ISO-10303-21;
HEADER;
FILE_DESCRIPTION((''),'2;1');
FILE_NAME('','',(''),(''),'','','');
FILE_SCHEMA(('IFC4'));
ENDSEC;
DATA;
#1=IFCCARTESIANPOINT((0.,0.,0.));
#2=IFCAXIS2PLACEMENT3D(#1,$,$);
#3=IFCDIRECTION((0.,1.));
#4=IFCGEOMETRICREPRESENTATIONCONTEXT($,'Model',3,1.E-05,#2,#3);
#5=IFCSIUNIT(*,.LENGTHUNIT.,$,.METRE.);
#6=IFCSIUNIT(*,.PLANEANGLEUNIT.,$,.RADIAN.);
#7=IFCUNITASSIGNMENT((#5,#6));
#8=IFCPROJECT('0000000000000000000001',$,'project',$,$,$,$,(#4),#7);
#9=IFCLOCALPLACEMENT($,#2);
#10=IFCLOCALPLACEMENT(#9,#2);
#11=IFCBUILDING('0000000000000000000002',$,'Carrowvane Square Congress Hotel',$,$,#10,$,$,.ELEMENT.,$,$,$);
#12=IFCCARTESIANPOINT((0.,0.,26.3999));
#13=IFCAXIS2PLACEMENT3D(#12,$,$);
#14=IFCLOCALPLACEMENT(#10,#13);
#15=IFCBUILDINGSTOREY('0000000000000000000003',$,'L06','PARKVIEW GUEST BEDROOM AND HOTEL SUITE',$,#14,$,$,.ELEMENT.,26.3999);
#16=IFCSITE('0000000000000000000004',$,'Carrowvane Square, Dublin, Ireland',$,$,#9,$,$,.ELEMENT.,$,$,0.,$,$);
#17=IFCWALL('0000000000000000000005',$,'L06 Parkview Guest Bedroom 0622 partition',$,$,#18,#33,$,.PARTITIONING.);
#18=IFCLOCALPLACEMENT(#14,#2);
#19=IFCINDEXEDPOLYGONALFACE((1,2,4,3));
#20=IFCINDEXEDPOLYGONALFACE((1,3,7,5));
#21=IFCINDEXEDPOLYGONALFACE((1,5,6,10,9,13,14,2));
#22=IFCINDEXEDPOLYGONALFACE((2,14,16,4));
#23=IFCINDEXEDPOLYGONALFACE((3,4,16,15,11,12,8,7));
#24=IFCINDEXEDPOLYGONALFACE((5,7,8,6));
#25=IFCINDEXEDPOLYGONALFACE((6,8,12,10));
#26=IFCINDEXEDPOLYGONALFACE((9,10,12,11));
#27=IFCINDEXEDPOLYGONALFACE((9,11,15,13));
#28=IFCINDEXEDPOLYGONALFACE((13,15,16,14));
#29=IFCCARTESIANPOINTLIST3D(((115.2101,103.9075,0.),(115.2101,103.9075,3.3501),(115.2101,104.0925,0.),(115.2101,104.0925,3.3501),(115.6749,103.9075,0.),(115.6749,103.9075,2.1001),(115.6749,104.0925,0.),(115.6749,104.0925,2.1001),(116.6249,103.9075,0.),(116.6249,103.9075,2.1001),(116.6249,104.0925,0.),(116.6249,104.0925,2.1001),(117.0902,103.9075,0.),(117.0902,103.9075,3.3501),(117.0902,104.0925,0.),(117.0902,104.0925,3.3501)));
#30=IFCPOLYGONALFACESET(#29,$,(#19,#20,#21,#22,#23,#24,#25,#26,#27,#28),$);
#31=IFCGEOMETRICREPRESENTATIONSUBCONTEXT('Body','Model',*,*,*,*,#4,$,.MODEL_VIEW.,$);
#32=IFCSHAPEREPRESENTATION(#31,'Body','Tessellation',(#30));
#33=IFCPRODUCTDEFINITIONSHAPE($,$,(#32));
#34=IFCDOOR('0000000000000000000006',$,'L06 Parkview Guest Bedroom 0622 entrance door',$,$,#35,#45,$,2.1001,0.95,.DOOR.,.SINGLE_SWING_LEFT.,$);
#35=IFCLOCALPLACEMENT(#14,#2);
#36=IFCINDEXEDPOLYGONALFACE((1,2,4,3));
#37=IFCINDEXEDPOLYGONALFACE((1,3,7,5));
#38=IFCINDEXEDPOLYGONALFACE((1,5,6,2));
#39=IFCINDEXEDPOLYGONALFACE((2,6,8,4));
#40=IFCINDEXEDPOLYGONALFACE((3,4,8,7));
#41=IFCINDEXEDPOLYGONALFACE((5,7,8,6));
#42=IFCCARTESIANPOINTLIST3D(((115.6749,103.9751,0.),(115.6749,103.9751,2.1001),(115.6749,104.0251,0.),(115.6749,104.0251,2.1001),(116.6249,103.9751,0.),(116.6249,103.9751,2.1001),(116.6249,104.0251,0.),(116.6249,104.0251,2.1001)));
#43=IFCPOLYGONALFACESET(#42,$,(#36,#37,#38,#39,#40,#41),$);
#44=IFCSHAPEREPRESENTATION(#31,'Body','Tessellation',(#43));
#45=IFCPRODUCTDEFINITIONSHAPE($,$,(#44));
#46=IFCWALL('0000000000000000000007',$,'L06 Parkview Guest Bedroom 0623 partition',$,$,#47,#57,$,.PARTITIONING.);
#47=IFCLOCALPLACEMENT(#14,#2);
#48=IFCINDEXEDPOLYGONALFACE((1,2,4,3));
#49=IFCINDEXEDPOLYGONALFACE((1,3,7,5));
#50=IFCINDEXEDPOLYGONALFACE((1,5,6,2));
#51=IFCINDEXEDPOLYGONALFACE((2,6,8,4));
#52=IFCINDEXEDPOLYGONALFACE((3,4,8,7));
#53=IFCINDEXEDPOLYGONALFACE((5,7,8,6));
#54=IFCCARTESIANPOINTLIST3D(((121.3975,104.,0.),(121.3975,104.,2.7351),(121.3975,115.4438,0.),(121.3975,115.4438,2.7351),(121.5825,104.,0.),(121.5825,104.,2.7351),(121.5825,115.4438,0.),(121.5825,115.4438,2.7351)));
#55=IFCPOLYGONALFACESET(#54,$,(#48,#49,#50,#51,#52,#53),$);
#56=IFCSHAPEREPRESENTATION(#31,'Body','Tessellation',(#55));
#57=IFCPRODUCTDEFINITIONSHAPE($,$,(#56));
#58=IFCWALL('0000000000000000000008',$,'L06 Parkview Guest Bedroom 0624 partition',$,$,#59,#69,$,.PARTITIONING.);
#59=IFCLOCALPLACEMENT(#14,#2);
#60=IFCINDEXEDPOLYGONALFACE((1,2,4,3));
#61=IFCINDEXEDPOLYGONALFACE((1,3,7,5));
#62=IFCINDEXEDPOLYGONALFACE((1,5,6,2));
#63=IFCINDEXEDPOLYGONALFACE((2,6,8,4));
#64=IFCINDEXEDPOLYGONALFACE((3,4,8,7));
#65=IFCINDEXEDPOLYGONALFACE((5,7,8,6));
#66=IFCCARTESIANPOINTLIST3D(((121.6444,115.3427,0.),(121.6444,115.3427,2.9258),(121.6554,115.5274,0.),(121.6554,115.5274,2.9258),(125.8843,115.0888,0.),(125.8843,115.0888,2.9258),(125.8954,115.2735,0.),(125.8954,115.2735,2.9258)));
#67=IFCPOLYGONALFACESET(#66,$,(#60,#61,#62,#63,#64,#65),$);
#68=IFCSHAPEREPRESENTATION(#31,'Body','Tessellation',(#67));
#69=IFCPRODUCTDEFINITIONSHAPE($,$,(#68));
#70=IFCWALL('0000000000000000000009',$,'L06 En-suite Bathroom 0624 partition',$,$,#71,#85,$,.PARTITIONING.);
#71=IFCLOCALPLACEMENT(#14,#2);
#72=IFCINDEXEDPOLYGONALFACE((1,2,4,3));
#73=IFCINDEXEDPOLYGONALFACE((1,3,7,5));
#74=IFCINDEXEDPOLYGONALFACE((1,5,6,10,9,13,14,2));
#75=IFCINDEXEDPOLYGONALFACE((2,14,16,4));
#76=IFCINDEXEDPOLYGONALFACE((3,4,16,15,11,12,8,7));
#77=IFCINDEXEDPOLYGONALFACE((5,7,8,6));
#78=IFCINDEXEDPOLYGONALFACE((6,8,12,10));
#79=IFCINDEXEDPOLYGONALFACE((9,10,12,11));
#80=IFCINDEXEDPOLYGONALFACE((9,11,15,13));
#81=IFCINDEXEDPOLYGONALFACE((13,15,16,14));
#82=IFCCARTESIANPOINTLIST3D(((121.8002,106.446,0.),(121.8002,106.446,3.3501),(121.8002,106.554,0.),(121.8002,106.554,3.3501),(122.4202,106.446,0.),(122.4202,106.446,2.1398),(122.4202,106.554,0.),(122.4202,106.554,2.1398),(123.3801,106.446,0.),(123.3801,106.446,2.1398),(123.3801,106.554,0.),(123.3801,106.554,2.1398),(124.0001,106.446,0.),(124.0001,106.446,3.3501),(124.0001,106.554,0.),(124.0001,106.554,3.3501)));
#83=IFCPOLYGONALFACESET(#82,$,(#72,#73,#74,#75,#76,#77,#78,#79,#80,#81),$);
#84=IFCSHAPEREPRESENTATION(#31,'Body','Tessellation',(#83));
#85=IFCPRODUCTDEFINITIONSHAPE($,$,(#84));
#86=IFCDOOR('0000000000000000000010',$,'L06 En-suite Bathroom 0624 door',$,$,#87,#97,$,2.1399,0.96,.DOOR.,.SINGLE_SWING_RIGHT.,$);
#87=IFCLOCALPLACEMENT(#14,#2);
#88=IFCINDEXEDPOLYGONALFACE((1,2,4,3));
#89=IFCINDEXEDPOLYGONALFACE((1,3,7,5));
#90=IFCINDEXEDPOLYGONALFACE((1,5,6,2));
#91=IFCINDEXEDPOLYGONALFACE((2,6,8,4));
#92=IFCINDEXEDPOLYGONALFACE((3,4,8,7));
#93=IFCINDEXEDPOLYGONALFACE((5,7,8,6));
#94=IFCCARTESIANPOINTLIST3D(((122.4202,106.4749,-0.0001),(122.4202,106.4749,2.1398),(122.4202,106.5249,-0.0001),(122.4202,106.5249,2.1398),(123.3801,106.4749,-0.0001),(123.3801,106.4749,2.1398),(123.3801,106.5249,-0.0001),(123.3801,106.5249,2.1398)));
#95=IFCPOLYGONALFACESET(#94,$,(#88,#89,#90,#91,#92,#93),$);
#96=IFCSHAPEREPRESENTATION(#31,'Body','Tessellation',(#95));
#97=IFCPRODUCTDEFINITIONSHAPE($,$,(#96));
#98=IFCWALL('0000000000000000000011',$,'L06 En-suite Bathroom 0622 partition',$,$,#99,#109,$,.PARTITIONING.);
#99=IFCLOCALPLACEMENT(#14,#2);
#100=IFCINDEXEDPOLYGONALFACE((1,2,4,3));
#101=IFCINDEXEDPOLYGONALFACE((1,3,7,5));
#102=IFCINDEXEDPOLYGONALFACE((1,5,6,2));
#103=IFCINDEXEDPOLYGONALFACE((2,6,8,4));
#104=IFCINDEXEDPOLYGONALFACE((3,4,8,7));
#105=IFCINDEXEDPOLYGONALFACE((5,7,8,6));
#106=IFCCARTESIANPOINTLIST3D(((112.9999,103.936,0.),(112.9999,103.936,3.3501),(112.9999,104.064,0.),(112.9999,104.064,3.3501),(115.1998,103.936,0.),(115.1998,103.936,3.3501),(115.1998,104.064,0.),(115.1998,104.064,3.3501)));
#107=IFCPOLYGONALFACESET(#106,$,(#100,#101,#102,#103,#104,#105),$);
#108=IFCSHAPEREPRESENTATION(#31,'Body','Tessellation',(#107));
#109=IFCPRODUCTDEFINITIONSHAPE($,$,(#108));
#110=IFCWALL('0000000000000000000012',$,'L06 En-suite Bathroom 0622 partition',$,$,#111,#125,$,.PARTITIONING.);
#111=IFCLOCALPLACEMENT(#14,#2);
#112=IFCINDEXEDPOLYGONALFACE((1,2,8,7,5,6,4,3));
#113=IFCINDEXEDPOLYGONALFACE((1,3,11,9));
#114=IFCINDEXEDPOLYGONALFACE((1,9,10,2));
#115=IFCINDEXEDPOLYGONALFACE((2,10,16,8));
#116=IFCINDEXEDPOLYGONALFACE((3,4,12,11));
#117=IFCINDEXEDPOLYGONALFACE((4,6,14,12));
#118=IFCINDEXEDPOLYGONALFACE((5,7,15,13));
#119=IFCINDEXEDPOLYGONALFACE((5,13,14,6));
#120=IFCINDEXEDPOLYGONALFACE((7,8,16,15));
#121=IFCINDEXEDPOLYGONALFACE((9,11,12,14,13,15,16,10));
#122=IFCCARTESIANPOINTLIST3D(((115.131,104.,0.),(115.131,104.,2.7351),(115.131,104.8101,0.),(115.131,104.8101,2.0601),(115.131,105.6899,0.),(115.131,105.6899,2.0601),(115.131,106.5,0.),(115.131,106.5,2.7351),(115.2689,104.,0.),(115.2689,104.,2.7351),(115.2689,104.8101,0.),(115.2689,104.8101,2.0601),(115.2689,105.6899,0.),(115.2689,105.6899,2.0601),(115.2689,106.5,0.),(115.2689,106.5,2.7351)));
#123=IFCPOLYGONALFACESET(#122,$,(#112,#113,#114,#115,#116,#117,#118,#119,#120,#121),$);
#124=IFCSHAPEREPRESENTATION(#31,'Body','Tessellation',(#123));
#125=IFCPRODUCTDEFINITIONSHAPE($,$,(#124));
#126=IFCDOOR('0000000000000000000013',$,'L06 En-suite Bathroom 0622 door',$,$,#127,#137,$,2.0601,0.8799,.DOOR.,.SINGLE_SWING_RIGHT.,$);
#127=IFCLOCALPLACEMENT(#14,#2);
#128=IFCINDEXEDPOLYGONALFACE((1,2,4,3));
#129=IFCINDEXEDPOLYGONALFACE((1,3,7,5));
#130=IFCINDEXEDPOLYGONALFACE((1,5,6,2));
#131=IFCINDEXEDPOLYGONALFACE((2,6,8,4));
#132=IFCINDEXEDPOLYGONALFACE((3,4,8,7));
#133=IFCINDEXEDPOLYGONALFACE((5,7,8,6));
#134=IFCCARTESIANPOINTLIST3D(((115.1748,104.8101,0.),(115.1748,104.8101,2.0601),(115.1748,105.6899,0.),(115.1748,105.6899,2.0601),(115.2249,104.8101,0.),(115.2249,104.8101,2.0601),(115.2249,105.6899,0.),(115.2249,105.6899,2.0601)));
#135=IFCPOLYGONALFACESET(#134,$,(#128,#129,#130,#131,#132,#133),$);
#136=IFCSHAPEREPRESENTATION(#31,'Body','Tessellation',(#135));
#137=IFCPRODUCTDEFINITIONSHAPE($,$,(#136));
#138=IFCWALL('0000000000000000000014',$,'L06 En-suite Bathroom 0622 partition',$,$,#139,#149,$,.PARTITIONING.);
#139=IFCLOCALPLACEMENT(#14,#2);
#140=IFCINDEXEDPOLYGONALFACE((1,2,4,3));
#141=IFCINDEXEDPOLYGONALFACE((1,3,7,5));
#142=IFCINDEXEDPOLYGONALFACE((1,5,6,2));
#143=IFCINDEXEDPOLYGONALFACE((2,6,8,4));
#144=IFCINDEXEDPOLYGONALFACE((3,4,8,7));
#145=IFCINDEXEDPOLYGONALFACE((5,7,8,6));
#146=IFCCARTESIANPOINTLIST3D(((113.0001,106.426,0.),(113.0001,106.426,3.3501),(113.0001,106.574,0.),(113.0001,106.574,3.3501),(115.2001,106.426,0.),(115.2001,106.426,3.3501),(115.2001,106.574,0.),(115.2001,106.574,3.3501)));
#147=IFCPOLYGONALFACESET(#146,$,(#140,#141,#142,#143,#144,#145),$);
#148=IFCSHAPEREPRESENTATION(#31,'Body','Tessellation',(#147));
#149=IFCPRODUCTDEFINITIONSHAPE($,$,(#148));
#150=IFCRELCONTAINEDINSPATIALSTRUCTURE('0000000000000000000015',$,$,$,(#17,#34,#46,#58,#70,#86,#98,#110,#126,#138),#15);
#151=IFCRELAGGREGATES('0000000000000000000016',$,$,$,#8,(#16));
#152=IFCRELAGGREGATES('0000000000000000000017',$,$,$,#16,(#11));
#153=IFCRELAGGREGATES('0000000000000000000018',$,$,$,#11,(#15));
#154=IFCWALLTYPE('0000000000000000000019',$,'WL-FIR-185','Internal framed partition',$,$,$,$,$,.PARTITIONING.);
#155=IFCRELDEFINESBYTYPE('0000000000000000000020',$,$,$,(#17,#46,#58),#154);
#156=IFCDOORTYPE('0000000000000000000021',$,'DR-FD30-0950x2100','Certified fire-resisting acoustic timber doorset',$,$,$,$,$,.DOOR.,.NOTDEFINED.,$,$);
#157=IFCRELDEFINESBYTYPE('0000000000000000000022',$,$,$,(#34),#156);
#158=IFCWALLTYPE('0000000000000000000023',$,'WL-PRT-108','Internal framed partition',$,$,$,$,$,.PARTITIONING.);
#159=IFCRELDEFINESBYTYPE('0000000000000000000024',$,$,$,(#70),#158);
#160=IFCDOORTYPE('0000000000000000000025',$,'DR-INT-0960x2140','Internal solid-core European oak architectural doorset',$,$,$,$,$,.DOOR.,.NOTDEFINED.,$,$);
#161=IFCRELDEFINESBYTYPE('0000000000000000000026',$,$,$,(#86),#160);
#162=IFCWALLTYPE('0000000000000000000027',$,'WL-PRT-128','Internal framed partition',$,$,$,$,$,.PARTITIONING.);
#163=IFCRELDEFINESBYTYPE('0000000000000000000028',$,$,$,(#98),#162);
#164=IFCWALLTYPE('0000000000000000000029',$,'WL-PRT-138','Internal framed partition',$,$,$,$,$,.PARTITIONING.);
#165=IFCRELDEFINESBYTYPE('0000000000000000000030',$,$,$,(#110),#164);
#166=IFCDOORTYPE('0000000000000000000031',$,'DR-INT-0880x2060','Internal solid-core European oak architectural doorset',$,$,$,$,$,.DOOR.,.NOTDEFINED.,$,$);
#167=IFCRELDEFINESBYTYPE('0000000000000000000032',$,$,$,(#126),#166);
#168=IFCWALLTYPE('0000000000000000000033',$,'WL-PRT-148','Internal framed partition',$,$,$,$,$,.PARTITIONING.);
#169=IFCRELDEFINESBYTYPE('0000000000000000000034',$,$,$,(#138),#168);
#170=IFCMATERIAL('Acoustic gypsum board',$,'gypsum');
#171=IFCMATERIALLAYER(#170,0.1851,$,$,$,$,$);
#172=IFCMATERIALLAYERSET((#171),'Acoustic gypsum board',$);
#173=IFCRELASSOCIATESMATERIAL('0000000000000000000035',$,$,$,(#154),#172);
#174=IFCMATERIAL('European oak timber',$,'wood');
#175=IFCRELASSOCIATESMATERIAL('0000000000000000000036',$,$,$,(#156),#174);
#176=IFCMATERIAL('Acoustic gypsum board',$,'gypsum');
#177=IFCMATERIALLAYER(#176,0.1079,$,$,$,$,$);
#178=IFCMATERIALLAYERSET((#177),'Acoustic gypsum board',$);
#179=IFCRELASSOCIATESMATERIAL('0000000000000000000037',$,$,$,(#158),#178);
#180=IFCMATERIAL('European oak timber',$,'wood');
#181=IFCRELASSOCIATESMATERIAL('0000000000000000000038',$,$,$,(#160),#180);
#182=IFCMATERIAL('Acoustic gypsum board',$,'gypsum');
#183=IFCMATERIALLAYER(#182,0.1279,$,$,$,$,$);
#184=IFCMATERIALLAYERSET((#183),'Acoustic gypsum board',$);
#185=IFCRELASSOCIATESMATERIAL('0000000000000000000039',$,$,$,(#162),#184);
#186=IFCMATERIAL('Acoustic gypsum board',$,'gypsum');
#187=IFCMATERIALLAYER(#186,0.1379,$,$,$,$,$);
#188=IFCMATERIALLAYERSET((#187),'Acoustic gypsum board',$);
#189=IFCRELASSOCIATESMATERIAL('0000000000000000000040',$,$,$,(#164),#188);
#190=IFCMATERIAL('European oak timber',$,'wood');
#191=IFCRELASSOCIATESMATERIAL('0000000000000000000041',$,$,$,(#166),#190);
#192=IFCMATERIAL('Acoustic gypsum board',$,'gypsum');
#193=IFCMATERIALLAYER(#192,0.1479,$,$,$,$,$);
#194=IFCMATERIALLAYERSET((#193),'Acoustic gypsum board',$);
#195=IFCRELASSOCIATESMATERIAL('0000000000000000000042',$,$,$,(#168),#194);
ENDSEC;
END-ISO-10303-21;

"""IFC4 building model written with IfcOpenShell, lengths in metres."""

from ifc_helpers import new_model, si_unit, direction, frame, frame_2d, origin, place, context, subcontext, project, spatial, rectangle, extrude, material, layer, layer_set, type_object, element, fill, save


model = new_model("IFC4")

# Units and contexts
model_context = context("Model", 3, precision=1e-05, world=origin(), true_north=direction((0.0, 1.0)))
body_context = subcontext(model_context, "Body", "Model", "MODEL_VIEW")
ifc_project = project(units=[si_unit("LENGTHUNIT", "METRE"), si_unit("PLANEANGLEUNIT", "RADIAN")], contexts=[model_context])

# Site, building, storey
site_placement = place(None, origin())
site = spatial("IfcSite", under=ifc_project, at=site_placement, Name="Carrowvane Square, Dublin, Ireland", CompositionType="ELEMENT", RefElevation=0.0)
building_placement = place(site_placement, origin())
building = spatial("IfcBuilding", under=site, at=building_placement, Name="Carrowvane Square Congress Hotel", CompositionType="ELEMENT")
storey_placement = place(building_placement, frame((0.0, 0.0, 26.3999)))
storey = spatial("IfcBuildingStorey", under=building, at=storey_placement, Name="L06", Description="PARKVIEW GUEST BEDROOM AND HOTEL SUITE", CompositionType="ELEMENT", Elevation=26.3999)

# Shared definitions
ifc_material_1 = material(Name="Acoustic gypsum board", Category="gypsum")
ifc_layer_1 = layer(ifc_material_1, 0.1851)
ifc_layer_set_1 = layer_set([ifc_layer_1], Name="Acoustic gypsum board")
wall_type_1 = type_object("IfcWallType", Name="WL-FIR-185", Description="Internal framed partition", PredefinedType="PARTITIONING", material=ifc_layer_set_1)

# Wall, opening, door
wall_1_placement = place(storey_placement, frame((117.0901, 104.0, 0.0), z_axis=(0.0, 0.0, 1.0), x_axis=(-1.0, 0.0, 0.0)))
wall_1 = element("IfcWall", 1, at=wall_1_placement, inside=storey, type_object=wall_type_1, Name="L06 Parkview Guest Bedroom 0622 partition", PredefinedType="PARTITIONING", context=body_context, shape_type="SweptSolid", body=[
    extrude(rectangle(XDim=1.8801, YDim=0.1851, at=frame_2d((0.9399, 0.0))), origin(), (0.0, 0.0, 1.0), 3.3501),
])
opening_1_placement = place(wall_1_placement, frame((0.4651, 0.0, 0.0)))
opening_1 = element("IfcOpeningElement", 2, at=opening_1_placement, cuts=wall_1, PredefinedType="OPENING", context=body_context, shape_type="SweptSolid", body=[
    extrude(rectangle(XDim=0.95, YDim=2.1001, at=frame_2d((0.4751, 1.05))), frame((0.0, 0.1025, 0.0), z_axis=(0.0, -1.0, 0.0), x_axis=(1.0, 0.0, 0.0)), (0.0, 0.0, 1.0), 0.2051),
])
ifc_material_2 = material(Name="European oak timber", Category="wood")
door_type_1 = type_object("IfcDoorType", Name="DR-FD30-0950x2100", Description="Certified fire-resisting acoustic timber doorset", OperationType="NOTDEFINED", PredefinedType="DOOR", material=ifc_material_2)
door_1_placement = place(opening_1_placement, origin())
door_1 = element("IfcDoor", 3, at=door_1_placement, inside=storey, type_object=door_type_1, Name="L06 Parkview Guest Bedroom 0622 entrance door", OperationType="SINGLE_SWING_LEFT", OverallHeight=2.1001, OverallWidth=0.95, PredefinedType="DOOR", context=body_context, shape_type="SweptSolid", body=[
    extrude(rectangle(XDim=0.95, YDim=2.1001, at=frame_2d((0.4751, 1.05))), frame((0.0, 0.0249, 0.0), z_axis=(0.0, -1.0, 0.0), x_axis=(1.0, 0.0, 0.0)), (0.0, 0.0, 1.0), 0.05),
])
fill(opening_1, door_1)

# Walls
wall_2_placement = place(storey_placement, frame((121.49, 115.4438, 0.0), z_axis=(0.0, 0.0, 1.0), x_axis=(0.0, -1.0, 0.0)))
element("IfcWall", 4, at=wall_2_placement, inside=storey, type_object=wall_type_1, Name="L06 Parkview Guest Bedroom 0623 partition", PredefinedType="PARTITIONING", context=body_context, shape_type="SweptSolid", body=[
    extrude(rectangle(XDim=11.4438, YDim=0.1851, at=frame_2d((5.7219, 0.0))), origin(), (0.0, 0.0, 1.0), 2.7351),
])
wall_3_placement = place(storey_placement, frame((121.6499, 115.4351, 0.0), z_axis=(0.0, 0.0, 1.0), x_axis=(0.998212, -0.059777, 0.0)))
element("IfcWall", 5, at=wall_3_placement, inside=storey, type_object=wall_type_1, Name="L06 Parkview Guest Bedroom 0624 partition", PredefinedType="PARTITIONING", context=body_context, shape_type="SweptSolid", body=[
    extrude(rectangle(XDim=4.2476, YDim=0.1851, at=frame_2d((2.1238, 0.0))), origin(), (0.0, 0.0, 1.0), 2.9258),
])

# Wall, opening, door
ifc_material_3 = material(Name="Acoustic gypsum board", Category="gypsum")
ifc_layer_2 = layer(ifc_material_3, 0.1079)
ifc_layer_set_2 = layer_set([ifc_layer_2], Name="Acoustic gypsum board")
wall_type_2 = type_object("IfcWallType", Name="WL-PRT-108", Description="Internal framed partition", PredefinedType="PARTITIONING", material=ifc_layer_set_2)
wall_4_placement = place(storey_placement, frame((121.8, 106.5, 0.0), z_axis=(0.0, 0.0, 1.0), x_axis=(1.0, 0.0, 0.0)))
wall_4 = element("IfcWall", 6, at=wall_4_placement, inside=storey, type_object=wall_type_2, Name="L06 En-suite Bathroom 0624 partition", PredefinedType="PARTITIONING", context=body_context, shape_type="SweptSolid", body=[
    extrude(rectangle(XDim=2.2, YDim=0.1079, at=frame_2d((1.1001, 0.0))), origin(), (0.0, 0.0, 1.0), 3.3501),
])
opening_2_placement = place(wall_4_placement, frame((0.6201, 0.0, 0.0)))
opening_2 = element("IfcOpeningElement", 7, at=opening_2_placement, cuts=wall_4, PredefinedType="OPENING", context=body_context, shape_type="SweptSolid", body=[
    extrude(rectangle(XDim=0.96, YDim=2.1399, at=frame_2d((0.48, 1.0698))), frame((0.0, 0.064, 0.0), z_axis=(0.0, -1.0, 0.0), x_axis=(1.0, 0.0, 0.0)), (0.0, 0.0, 1.0), 0.1279),
])
ifc_material_4 = material(Name="European oak timber", Category="wood")
door_type_2 = type_object("IfcDoorType", Name="DR-INT-0960x2140", Description="Internal solid-core European oak architectural doorset", OperationType="NOTDEFINED", PredefinedType="DOOR", material=ifc_material_4)
door_2_placement = place(opening_2_placement, origin())
door_2 = element("IfcDoor", 8, at=door_2_placement, inside=storey, type_object=door_type_2, Name="L06 En-suite Bathroom 0624 door", OperationType="SINGLE_SWING_RIGHT", OverallHeight=2.1399, OverallWidth=0.96, PredefinedType="DOOR", context=body_context, shape_type="SweptSolid", body=[
    extrude(rectangle(XDim=0.96, YDim=2.1399, at=frame_2d((0.48, 1.0698))), frame((0.0, 0.0249, 0.0), z_axis=(0.0, -1.0, 0.0), x_axis=(1.0, 0.0, 0.0)), (0.0, 0.0, 1.0), 0.05),
])
fill(opening_2, door_2)

# Wall
ifc_material_5 = material(Name="Acoustic gypsum board", Category="gypsum")
ifc_layer_3 = layer(ifc_material_5, 0.1279)
ifc_layer_set_3 = layer_set([ifc_layer_3], Name="Acoustic gypsum board")
wall_type_3 = type_object("IfcWallType", Name="WL-PRT-128", Description="Internal framed partition", PredefinedType="PARTITIONING", material=ifc_layer_set_3)
wall_5_placement = place(storey_placement, frame((115.2, 104.0, 0.0), z_axis=(0.0, 0.0, 1.0), x_axis=(-1.0, 0.0, 0.0)))
element("IfcWall", 9, at=wall_5_placement, inside=storey, type_object=wall_type_3, Name="L06 En-suite Bathroom 0622 partition", PredefinedType="PARTITIONING", context=body_context, shape_type="SweptSolid", body=[
    extrude(rectangle(XDim=2.2, YDim=0.1279, at=frame_2d((1.1001, 0.0))), origin(), (0.0, 0.0, 1.0), 3.3501),
])

# Wall, opening, door
ifc_material_6 = material(Name="Acoustic gypsum board", Category="gypsum")
ifc_layer_4 = layer(ifc_material_6, 0.1379)
ifc_layer_set_4 = layer_set([ifc_layer_4], Name="Acoustic gypsum board")
wall_type_4 = type_object("IfcWallType", Name="WL-PRT-138", Description="Internal framed partition", PredefinedType="PARTITIONING", material=ifc_layer_set_4)
wall_6_placement = place(storey_placement, frame((115.2, 106.5, 0.0), z_axis=(0.0, 0.0, 1.0), x_axis=(0.0, -1.0, 0.0)))
wall_6 = element("IfcWall", 10, at=wall_6_placement, inside=storey, type_object=wall_type_4, Name="L06 En-suite Bathroom 0622 partition", PredefinedType="PARTITIONING", context=body_context, shape_type="SweptSolid", body=[
    extrude(rectangle(XDim=2.5, YDim=0.1379, at=frame_2d((1.25, 0.0))), origin(), (0.0, 0.0, 1.0), 2.7351),
])
opening_3_placement = place(wall_6_placement, frame((0.8101, 0.0, 0.0)))
opening_3 = element("IfcOpeningElement", 11, at=opening_3_placement, cuts=wall_6, PredefinedType="OPENING", context=body_context, shape_type="SweptSolid", body=[
    extrude(rectangle(XDim=0.8799, YDim=2.0601, at=frame_2d((0.4399, 1.03))), frame((0.0, 0.0789, 0.0), z_axis=(0.0, -1.0, 0.0), x_axis=(1.0, 0.0, 0.0)), (0.0, 0.0, 1.0), 0.158),
])
ifc_material_7 = material(Name="European oak timber", Category="wood")
door_type_3 = type_object("IfcDoorType", Name="DR-INT-0880x2060", Description="Internal solid-core European oak architectural doorset", OperationType="NOTDEFINED", PredefinedType="DOOR", material=ifc_material_7)
door_3_placement = place(opening_3_placement, origin())
door_3 = element("IfcDoor", 12, at=door_3_placement, inside=storey, type_object=door_type_3, Name="L06 En-suite Bathroom 0622 door", OperationType="SINGLE_SWING_RIGHT", OverallHeight=2.0601, OverallWidth=0.8799, PredefinedType="DOOR", context=body_context, shape_type="SweptSolid", body=[
    extrude(rectangle(XDim=0.8799, YDim=2.0601, at=frame_2d((0.4399, 1.03))), frame((0.0, 0.0249, 0.0), z_axis=(0.0, -1.0, 0.0), x_axis=(1.0, 0.0, 0.0)), (0.0, 0.0, 1.0), 0.05),
])
fill(opening_3, door_3)

# Wall
ifc_material_8 = material(Name="Acoustic gypsum board", Category="gypsum")
ifc_layer_5 = layer(ifc_material_8, 0.1479)
ifc_layer_set_5 = layer_set([ifc_layer_5], Name="Acoustic gypsum board")
wall_type_5 = type_object("IfcWallType", Name="WL-PRT-148", Description="Internal framed partition", PredefinedType="PARTITIONING", material=ifc_layer_set_5)
wall_7_placement = place(storey_placement, frame((113.0, 106.5, 0.0), z_axis=(0.0, 0.0, 1.0), x_axis=(1.0, 0.0, 0.0)))
element("IfcWall", 13, at=wall_7_placement, inside=storey, type_object=wall_type_5, Name="L06 En-suite Bathroom 0622 partition", PredefinedType="PARTITIONING", context=body_context, shape_type="SweptSolid", body=[
    extrude(rectangle(XDim=2.2, YDim=0.1479, at=frame_2d((1.1001, 0.0))), origin(), (0.0, 0.0, 1.0), 3.3501),
])

save(model, "model.ifc")
